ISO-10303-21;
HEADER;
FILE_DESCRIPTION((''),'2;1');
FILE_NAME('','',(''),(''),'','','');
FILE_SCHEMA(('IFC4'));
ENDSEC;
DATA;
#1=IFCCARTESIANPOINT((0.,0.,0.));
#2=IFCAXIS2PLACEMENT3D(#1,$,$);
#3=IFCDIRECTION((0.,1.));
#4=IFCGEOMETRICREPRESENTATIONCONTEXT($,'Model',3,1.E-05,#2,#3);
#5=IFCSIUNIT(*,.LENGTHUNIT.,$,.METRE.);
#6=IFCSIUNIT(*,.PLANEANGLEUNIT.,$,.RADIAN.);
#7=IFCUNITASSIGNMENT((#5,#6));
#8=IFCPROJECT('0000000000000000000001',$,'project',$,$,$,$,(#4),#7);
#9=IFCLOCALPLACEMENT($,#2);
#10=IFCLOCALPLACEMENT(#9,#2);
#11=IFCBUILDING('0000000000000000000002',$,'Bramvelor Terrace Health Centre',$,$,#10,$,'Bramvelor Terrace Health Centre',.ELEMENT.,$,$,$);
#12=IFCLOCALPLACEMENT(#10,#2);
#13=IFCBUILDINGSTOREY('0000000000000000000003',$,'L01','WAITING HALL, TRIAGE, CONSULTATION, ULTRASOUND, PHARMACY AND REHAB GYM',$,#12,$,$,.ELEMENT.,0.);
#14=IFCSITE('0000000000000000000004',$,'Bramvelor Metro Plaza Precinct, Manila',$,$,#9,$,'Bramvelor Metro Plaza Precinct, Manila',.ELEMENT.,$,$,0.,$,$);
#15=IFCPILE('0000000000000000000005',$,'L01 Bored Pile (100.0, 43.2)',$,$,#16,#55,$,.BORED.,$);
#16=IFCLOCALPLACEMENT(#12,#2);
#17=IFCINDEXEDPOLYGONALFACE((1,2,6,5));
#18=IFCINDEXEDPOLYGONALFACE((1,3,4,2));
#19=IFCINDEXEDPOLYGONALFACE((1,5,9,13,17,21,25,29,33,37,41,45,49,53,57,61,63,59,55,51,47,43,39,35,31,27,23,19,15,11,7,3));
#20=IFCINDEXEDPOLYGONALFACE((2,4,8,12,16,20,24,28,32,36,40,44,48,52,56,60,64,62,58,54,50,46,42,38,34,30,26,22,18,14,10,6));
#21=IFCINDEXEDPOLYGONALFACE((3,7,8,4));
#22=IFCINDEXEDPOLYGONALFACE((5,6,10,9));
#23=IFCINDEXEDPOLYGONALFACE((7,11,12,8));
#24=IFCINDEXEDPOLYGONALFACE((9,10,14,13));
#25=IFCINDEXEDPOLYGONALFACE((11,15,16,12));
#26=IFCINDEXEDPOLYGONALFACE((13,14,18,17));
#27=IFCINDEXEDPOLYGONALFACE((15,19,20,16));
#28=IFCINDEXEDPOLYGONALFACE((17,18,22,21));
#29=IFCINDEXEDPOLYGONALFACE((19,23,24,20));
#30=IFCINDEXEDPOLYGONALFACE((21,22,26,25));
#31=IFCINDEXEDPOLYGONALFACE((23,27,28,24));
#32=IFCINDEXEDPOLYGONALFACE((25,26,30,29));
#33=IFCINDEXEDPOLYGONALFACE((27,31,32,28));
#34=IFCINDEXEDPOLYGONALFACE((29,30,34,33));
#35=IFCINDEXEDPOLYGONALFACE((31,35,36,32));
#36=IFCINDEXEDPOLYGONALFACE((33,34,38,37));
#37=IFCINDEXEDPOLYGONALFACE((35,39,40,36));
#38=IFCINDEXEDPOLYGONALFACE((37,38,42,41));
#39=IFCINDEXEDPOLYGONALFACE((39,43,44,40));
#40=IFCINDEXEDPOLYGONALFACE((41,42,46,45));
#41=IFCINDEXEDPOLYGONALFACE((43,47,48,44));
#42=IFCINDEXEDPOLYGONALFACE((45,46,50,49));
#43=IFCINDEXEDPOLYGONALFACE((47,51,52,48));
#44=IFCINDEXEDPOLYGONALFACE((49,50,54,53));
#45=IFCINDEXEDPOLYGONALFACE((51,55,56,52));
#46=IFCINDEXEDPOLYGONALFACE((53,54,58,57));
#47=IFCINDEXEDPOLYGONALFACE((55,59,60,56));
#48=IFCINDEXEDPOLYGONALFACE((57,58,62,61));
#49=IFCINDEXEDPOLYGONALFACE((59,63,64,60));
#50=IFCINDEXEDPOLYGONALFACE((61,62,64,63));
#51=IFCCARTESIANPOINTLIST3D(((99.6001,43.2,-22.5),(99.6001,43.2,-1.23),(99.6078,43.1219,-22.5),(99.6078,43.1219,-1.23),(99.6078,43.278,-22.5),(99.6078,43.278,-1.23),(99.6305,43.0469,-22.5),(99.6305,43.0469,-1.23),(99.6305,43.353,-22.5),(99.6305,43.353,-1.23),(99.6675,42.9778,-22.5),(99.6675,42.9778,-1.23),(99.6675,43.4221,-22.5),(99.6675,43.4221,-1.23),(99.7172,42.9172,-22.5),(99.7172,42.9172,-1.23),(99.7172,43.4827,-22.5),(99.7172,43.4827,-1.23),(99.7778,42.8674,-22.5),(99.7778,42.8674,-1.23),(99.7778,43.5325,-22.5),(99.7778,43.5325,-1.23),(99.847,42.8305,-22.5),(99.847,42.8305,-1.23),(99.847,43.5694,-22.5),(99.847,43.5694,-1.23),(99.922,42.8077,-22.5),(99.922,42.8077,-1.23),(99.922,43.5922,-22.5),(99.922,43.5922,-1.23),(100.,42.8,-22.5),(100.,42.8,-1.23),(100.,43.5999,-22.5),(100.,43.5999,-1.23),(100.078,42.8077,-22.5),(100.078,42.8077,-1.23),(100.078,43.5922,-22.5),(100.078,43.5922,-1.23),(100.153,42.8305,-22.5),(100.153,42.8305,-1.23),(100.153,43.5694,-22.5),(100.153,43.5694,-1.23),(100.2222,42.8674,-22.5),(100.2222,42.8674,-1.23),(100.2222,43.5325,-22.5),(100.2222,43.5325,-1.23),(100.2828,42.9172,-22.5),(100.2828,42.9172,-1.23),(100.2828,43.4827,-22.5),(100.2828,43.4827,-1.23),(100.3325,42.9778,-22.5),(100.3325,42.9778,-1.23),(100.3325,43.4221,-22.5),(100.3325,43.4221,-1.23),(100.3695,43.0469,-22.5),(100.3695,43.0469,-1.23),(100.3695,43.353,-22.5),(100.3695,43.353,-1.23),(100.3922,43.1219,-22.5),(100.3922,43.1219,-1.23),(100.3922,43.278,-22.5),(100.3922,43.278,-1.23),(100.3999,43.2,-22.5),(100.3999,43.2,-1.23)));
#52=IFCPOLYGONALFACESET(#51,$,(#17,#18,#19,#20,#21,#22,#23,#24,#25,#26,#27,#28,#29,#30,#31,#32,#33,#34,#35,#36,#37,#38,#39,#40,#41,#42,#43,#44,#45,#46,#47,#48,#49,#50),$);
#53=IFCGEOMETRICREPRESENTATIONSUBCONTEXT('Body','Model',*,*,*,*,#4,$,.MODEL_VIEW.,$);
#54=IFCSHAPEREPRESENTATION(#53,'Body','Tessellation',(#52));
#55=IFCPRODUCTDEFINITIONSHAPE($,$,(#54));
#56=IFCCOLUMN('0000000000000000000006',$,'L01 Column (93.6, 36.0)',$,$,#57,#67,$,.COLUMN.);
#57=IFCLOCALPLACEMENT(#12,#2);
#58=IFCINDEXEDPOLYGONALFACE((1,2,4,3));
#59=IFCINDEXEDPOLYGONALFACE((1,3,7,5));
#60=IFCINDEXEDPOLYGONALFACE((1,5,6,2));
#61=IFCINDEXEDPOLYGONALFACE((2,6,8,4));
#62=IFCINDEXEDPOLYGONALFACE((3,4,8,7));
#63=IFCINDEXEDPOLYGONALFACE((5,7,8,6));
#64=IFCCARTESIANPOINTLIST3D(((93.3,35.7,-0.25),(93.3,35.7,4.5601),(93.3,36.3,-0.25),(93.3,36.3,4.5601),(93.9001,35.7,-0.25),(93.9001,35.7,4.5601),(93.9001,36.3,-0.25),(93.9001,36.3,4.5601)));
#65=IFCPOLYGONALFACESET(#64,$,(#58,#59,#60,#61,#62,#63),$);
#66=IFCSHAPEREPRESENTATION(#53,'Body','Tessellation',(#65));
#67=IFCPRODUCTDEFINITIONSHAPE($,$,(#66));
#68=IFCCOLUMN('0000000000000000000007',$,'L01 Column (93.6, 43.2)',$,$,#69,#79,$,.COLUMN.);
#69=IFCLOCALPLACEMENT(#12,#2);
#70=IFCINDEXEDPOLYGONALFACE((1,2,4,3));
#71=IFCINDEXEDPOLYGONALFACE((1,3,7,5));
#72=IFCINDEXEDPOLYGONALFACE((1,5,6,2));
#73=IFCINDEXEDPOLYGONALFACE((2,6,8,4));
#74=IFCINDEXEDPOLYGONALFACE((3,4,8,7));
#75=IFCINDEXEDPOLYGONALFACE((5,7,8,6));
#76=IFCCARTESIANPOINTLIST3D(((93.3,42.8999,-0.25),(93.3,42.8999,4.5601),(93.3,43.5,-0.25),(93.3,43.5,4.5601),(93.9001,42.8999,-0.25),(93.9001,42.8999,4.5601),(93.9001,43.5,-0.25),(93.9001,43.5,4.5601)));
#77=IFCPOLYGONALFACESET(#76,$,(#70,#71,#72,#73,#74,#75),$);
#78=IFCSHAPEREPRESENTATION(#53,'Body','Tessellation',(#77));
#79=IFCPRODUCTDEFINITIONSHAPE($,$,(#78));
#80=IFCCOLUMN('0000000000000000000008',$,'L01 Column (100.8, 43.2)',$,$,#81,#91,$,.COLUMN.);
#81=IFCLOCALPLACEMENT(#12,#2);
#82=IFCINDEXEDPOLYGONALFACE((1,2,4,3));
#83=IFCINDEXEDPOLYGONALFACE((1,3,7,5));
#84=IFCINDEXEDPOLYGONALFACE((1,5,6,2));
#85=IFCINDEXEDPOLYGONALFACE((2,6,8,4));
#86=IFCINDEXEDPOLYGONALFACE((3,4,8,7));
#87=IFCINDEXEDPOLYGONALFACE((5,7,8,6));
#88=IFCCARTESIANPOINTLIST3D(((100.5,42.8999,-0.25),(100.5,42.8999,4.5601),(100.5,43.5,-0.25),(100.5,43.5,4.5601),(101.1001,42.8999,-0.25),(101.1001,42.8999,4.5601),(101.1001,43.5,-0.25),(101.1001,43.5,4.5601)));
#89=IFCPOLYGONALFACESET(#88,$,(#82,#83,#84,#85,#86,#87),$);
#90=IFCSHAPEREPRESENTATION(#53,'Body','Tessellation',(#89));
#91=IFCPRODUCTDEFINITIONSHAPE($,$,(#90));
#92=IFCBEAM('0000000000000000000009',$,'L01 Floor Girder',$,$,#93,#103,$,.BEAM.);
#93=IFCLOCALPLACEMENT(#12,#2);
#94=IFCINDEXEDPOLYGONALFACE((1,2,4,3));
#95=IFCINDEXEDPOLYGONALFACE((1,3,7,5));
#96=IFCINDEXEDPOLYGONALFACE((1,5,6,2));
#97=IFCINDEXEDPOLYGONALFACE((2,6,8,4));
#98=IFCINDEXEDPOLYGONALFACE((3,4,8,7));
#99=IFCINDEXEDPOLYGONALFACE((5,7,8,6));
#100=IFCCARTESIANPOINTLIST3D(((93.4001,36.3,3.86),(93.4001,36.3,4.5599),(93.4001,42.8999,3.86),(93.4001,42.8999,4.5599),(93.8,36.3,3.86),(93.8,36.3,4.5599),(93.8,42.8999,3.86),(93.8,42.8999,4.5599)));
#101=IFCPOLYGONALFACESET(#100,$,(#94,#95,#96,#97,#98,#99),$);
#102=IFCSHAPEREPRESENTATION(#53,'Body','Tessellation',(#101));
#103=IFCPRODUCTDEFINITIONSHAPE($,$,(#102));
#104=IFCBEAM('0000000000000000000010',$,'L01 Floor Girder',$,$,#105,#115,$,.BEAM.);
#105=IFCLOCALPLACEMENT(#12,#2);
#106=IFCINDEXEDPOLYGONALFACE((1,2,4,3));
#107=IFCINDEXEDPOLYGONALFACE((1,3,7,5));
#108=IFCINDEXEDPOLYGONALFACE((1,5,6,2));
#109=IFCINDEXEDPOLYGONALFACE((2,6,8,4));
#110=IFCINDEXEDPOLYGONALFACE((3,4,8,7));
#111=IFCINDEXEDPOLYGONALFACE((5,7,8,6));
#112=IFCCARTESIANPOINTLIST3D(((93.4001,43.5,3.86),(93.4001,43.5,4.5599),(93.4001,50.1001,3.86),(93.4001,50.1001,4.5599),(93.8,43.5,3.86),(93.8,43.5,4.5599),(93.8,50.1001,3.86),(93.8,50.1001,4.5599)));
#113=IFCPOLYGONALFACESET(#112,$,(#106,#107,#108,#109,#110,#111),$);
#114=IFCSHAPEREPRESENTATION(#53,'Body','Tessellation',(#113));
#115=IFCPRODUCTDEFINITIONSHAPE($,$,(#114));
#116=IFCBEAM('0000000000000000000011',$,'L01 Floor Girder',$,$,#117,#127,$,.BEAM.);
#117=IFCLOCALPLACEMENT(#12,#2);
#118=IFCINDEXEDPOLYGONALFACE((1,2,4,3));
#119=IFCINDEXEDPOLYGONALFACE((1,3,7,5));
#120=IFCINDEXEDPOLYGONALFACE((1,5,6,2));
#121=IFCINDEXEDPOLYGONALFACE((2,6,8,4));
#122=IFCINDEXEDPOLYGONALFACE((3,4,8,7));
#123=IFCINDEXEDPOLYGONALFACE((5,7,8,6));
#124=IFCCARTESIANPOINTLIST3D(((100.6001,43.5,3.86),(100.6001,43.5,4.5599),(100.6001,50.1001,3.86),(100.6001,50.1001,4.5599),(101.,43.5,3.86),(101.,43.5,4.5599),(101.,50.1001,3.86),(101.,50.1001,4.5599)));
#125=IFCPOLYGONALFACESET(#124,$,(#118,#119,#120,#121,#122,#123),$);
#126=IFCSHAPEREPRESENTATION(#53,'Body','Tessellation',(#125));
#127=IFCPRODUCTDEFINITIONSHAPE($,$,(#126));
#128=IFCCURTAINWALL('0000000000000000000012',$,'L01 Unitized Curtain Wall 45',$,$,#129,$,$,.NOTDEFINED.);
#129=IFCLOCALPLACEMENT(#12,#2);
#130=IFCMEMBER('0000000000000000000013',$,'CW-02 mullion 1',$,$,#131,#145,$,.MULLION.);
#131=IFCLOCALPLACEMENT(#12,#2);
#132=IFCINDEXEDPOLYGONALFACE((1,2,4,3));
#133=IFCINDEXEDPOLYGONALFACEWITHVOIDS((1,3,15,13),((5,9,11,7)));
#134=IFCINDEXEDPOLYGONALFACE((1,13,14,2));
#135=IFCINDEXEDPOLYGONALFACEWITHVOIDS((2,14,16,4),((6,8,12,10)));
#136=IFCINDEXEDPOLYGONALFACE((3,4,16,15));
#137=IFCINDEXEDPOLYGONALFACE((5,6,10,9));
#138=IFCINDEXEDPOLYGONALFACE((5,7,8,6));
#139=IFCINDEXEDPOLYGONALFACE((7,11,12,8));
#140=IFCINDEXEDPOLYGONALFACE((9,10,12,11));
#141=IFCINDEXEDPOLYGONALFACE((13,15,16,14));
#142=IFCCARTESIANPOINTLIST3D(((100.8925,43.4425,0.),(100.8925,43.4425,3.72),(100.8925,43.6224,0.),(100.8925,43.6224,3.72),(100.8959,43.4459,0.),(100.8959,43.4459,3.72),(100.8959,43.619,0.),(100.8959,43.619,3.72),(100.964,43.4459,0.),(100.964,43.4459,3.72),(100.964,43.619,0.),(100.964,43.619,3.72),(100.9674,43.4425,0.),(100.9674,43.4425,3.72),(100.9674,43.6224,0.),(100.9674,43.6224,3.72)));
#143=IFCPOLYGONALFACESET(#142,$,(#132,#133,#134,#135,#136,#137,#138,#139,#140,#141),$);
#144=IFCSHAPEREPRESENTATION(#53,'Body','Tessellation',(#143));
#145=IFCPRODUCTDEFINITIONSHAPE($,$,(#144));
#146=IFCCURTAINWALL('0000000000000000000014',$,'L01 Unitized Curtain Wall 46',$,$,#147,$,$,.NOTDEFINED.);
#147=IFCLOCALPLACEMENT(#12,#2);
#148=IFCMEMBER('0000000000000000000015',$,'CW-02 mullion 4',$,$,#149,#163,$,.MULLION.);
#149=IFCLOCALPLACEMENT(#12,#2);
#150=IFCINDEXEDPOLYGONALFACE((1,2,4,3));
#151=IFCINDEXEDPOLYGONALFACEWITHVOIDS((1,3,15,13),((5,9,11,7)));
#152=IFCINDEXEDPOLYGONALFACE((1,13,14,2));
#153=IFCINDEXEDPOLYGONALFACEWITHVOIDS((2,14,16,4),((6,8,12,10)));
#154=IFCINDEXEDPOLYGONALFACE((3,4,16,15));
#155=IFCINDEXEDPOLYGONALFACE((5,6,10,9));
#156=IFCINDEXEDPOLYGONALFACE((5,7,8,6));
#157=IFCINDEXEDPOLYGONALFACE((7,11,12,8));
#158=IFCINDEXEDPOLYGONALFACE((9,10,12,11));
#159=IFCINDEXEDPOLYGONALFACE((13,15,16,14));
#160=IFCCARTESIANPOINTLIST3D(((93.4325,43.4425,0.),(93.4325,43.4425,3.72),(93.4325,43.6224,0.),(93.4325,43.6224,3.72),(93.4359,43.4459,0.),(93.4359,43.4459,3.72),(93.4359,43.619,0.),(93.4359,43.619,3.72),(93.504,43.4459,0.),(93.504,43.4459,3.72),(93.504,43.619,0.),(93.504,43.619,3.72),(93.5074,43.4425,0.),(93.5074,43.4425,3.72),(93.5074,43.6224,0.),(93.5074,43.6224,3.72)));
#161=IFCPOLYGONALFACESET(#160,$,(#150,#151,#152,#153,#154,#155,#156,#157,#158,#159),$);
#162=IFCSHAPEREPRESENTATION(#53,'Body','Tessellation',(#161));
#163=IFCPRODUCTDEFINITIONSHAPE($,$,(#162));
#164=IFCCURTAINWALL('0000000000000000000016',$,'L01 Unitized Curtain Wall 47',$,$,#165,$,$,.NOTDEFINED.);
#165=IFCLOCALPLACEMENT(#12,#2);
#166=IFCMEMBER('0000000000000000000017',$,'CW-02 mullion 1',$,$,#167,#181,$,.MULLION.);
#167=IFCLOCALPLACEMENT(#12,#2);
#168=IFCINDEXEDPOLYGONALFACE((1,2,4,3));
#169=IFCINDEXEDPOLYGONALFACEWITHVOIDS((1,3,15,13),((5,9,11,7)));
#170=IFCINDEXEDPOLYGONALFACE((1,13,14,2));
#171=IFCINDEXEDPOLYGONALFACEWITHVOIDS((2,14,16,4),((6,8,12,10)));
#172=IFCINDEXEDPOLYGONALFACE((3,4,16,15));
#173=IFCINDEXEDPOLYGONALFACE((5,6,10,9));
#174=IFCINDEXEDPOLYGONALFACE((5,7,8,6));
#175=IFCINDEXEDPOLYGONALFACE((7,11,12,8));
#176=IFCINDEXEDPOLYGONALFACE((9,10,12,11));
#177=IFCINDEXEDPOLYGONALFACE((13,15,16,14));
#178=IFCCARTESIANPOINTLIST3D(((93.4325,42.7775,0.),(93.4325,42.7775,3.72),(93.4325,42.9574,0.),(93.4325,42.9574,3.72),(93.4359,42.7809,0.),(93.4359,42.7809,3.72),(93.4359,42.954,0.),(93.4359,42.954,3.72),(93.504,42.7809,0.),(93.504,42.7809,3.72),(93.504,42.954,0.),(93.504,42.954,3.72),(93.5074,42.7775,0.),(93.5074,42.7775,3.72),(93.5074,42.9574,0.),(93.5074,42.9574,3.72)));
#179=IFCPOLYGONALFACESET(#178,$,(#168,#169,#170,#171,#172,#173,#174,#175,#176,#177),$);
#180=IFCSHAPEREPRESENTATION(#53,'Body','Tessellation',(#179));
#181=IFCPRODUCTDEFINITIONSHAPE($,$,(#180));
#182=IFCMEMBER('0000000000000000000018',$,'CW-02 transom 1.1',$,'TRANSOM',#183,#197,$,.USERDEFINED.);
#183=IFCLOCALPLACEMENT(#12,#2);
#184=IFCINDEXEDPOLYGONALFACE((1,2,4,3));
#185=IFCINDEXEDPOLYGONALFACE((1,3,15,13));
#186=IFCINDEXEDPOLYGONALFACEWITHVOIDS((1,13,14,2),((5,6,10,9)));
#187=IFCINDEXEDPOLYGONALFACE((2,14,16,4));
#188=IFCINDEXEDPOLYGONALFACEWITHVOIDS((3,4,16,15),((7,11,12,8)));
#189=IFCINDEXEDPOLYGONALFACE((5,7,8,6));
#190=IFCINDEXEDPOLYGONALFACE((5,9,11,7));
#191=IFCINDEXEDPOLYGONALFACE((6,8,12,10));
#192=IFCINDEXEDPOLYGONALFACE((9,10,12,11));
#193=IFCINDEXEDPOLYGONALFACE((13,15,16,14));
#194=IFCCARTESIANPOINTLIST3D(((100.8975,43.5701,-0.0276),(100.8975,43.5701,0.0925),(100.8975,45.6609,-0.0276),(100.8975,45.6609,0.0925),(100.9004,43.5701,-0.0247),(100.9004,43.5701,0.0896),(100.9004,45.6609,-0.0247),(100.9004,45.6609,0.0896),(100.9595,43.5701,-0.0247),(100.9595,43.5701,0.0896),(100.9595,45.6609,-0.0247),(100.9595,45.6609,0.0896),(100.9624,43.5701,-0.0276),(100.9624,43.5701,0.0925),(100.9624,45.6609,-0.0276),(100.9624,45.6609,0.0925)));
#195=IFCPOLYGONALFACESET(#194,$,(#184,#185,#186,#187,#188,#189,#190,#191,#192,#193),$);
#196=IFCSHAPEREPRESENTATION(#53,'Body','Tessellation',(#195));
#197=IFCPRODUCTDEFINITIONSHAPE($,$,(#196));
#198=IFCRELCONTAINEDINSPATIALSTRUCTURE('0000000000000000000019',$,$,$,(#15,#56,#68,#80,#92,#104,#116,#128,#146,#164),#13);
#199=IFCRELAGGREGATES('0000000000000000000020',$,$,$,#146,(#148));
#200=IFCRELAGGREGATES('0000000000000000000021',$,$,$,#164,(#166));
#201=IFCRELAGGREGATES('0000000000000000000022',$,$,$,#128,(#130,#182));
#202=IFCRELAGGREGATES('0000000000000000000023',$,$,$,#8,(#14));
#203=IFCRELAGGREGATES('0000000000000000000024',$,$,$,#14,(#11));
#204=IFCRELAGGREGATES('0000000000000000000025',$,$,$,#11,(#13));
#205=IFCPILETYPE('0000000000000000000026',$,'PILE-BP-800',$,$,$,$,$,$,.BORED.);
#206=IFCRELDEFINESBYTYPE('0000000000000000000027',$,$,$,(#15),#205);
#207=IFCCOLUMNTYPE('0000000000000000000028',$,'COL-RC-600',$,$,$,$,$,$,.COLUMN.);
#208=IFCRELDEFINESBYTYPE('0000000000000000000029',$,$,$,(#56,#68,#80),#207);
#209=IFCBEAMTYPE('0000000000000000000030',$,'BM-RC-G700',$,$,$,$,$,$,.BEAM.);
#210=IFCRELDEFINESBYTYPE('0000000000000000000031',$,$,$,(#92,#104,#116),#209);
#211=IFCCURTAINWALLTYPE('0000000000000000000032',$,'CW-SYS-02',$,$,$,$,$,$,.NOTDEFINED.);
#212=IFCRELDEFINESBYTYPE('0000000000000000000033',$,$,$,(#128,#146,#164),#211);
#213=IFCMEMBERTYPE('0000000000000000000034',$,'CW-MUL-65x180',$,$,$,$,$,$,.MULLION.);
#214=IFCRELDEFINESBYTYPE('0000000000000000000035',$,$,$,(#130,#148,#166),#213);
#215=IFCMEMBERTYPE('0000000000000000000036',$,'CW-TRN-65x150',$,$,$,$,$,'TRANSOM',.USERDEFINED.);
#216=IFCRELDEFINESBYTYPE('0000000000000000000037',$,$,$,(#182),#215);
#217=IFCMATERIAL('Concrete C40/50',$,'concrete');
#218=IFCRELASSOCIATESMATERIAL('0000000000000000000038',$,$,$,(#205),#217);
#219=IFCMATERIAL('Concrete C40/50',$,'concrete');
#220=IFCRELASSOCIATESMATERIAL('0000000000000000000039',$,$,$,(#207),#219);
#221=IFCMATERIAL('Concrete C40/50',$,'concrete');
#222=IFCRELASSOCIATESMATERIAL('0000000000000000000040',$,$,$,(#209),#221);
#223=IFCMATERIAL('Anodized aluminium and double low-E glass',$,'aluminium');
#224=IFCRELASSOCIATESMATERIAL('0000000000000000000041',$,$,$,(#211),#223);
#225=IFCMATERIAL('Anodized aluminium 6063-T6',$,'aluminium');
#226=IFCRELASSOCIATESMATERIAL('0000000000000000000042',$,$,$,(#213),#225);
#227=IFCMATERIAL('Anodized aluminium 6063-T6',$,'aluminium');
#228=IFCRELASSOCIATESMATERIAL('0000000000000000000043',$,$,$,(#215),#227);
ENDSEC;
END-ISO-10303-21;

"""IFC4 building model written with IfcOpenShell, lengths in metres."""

from ifc_helpers import new_model, si_unit, direction, frame, origin, origin_2d, place, context, subcontext, project, spatial, rectangle, hollow_rectangle, circle, extrude, material, material_profile, profile_set, type_object, element, aggregate, save


model = new_model("IFC4")

# Units and contexts
model_context = context("Model", 3, precision=1e-05, world=origin(), true_north=direction((0.0, 1.0)))
body_context = subcontext(model_context, "Body", "Model", "MODEL_VIEW")
ifc_project = project(units=[si_unit("LENGTHUNIT", "METRE"), si_unit("PLANEANGLEUNIT", "RADIAN")], contexts=[model_context])

# Site, building, storey
site_placement = place(None, origin())
site = spatial("IfcSite", under=ifc_project, at=site_placement, Name="Bramvelor Metro Plaza Precinct, Manila", LongName="Bramvelor Metro Plaza Precinct, Manila", CompositionType="ELEMENT", RefElevation=0.0)
building_placement = place(site_placement, origin())
building = spatial("IfcBuilding", under=site, at=building_placement, Name="Bramvelor Terrace Health Centre", LongName="Bramvelor Terrace Health Centre", CompositionType="ELEMENT")
storey_placement = place(building_placement, origin())
storey = spatial("IfcBuildingStorey", under=building, at=storey_placement, Name="L01", Description="WAITING HALL, TRIAGE, CONSULTATION, ULTRASOUND, PHARMACY AND REHAB GYM", CompositionType="ELEMENT", Elevation=0.0)

# Pile
ifc_material_1 = material(Name="Concrete C40/50", Category="concrete")
ifc_material_profile_1 = material_profile(ifc_material_1, circle(Radius=0.3999, at=origin_2d()), Name="BP D800")
ifc_profile_set_1 = profile_set([ifc_material_profile_1], Name="Concrete C40/50")
pile_type = type_object("IfcPileType", Name="PILE-BP-800", PredefinedType="BORED", material=ifc_profile_set_1)
for number, where, z_axis, x_axis, name in (
    (1, (100.0, 43.2, -1.23), (0.0, 0.0, -1.0), (1.0, 0.0, 0.0), "L01 Bored Pile (100.0, 43.2)"),
):
    element("IfcPile", number, at=place(storey_placement, frame(where, z_axis=z_axis, x_axis=x_axis)), inside=storey, type_object=pile_type, Name=name, PredefinedType="BORED", context=body_context, shape_type="SweptSolid", body=[
        extrude(circle(Radius=0.3999, at=origin_2d()), origin(), (0.0, 0.0, 1.0), 21.27),
    ])

# Columns
ifc_material_2 = material(Name="Concrete C40/50", Category="concrete")
ifc_material_profile_2 = material_profile(ifc_material_2, rectangle(XDim=0.6001, YDim=0.6001, at=origin_2d()), Name="RC 600x600")
ifc_profile_set_2 = profile_set([ifc_material_profile_2], Name="Concrete C40/50")
column_type = type_object("IfcColumnType", Name="COL-RC-600", PredefinedType="COLUMN", material=ifc_profile_set_2)
for number, where, z_axis, x_axis, name in (
    (2, (93.6001, 36.0, -0.25), (0.0, 0.0, 1.0), (1.0, 0.0, 0.0), "L01 Column (93.6, 36.0)"),
    (3, (93.6001, 43.2, -0.25), (0.0, 0.0, 1.0), (1.0, 0.0, 0.0), "L01 Column (93.6, 43.2)"),
    (4, (100.8, 43.2, -0.25), (0.0, 0.0, 1.0), (1.0, 0.0, 0.0), "L01 Column (100.8, 43.2)"),
):
    element("IfcColumn", number, at=place(storey_placement, frame(where, z_axis=z_axis, x_axis=x_axis)), inside=storey, type_object=column_type, Name=name, PredefinedType="COLUMN", context=body_context, shape_type="SweptSolid", body=[
        extrude(rectangle(XDim=0.6001, YDim=0.6001, at=origin_2d()), origin(), (0.0, 0.0, 1.0), 4.8101),
    ])

# Beams
ifc_material_3 = material(Name="Concrete C40/50", Category="concrete")
ifc_material_profile_3 = material_profile(ifc_material_3, rectangle(XDim=0.3999, YDim=0.7, at=origin_2d()), Name="RC 400x700")
ifc_profile_set_3 = profile_set([ifc_material_profile_3], Name="Concrete C40/50")
beam_type = type_object("IfcBeamType", Name="BM-RC-G700", PredefinedType="BEAM", material=ifc_profile_set_3)
beam_placement = place(storey_placement, frame((93.6001, 36.3, 4.21), z_axis=(0.0, 1.0, 0.0), x_axis=(-1.0, 0.0, 0.0)))
element("IfcBeam", 5, at=beam_placement, inside=storey, type_object=beam_type, Name="L01 Floor Girder", PredefinedType="BEAM", context=body_context, shape_type="SweptSolid", body=[
    extrude(rectangle(XDim=0.3999, YDim=0.7, at=origin_2d()), origin(), (0.0, 0.0, 1.0), 6.5999),
])
for number, where, z_axis, x_axis, name in (
    (6, (93.6001, 43.5, 4.21), (0.0, 1.0, 0.0), (-1.0, 0.0, 0.0), "L01 Floor Girder"),
    (7, (100.8, 43.5, 4.21), (0.0, 1.0, 0.0), (-1.0, 0.0, 0.0), "L01 Floor Girder"),
):
    element("IfcBeam", number, at=place(storey_placement, frame(where, z_axis=z_axis, x_axis=x_axis)), inside=storey, type_object=beam_type, Name=name, PredefinedType="BEAM", context=body_context, shape_type="SweptSolid", body=[
        extrude(rectangle(XDim=0.3999, YDim=0.7, at=origin_2d()), origin(), (0.0, 0.0, 1.0), 6.6001),
    ])

# Curtain walls, members
ifc_material_4 = material(Name="Anodized aluminium and double low-E glass", Category="aluminium")
curtain_wall_type = type_object("IfcCurtainWallType", Name="CW-SYS-02", PredefinedType="NOTDEFINED", material=ifc_material_4)
curtain_wall_1_placement = place(storey_placement, origin())
curtain_wall_1 = element("IfcCurtainWall", 8, at=curtain_wall_1_placement, inside=storey, type_object=curtain_wall_type, Name="L01 Unitized Curtain Wall 45", PredefinedType="NOTDEFINED")
ifc_material_5 = material(Name="Anodized aluminium 6063-T6", Category="aluminium")
ifc_material_profile_4 = material_profile(ifc_material_5, hollow_rectangle(XDim=0.075, YDim=0.1799, WallThickness=0.0034, at=origin_2d()), Name="ALU-MUL 75x180x3.5")
ifc_profile_set_4 = profile_set([ifc_material_profile_4], Name="Anodized aluminium 6063-T6")
member_type_1 = type_object("IfcMemberType", Name="CW-MUL-65x180", PredefinedType="MULLION", material=ifc_profile_set_4)
member_1_placement = place(storey_placement, frame((100.9299, 43.5325, 0.0), z_axis=(0.0, 0.0, 1.0), x_axis=(-1.0, 0.0, 0.0)))
member_1 = element("IfcMember", 9, at=member_1_placement, type_object=member_type_1, Name="CW-02 mullion 1", PredefinedType="MULLION", context=body_context, shape_type="SweptSolid", body=[
    extrude(hollow_rectangle(XDim=0.075, YDim=0.1799, WallThickness=0.0034, at=origin_2d()), origin(), (0.0, 0.0, 1.0), 3.72),
])
curtain_wall_2_placement = place(storey_placement, origin())
curtain_wall_2 = element("IfcCurtainWall", 10, at=curtain_wall_2_placement, inside=storey, type_object=curtain_wall_type, Name="L01 Unitized Curtain Wall 46", PredefinedType="NOTDEFINED")
member_2_placement = place(storey_placement, frame((93.47, 43.5325, 0.0), z_axis=(0.0, 0.0, 1.0), x_axis=(1.0, 0.0, 0.0)))
member_2 = element("IfcMember", 11, at=member_2_placement, type_object=member_type_1, Name="CW-02 mullion 4", PredefinedType="MULLION", context=body_context, shape_type="SweptSolid", body=[
    extrude(hollow_rectangle(XDim=0.075, YDim=0.1799, WallThickness=0.0034, at=origin_2d()), origin(), (0.0, 0.0, 1.0), 3.72),
])
aggregate(curtain_wall_2, [member_2])
curtain_wall_3_placement = place(storey_placement, origin())
curtain_wall_3 = element("IfcCurtainWall", 12, at=curtain_wall_3_placement, inside=storey, type_object=curtain_wall_type, Name="L01 Unitized Curtain Wall 47", PredefinedType="NOTDEFINED")
member_3_placement = place(storey_placement, frame((93.47, 42.8674, 0.0), z_axis=(0.0, 0.0, 1.0), x_axis=(1.0, 0.0, 0.0)))
member_3 = element("IfcMember", 13, at=member_3_placement, type_object=member_type_1, Name="CW-02 mullion 1", PredefinedType="MULLION", context=body_context, shape_type="SweptSolid", body=[
    extrude(hollow_rectangle(XDim=0.075, YDim=0.1799, WallThickness=0.0034, at=origin_2d()), origin(), (0.0, 0.0, 1.0), 3.72),
])
aggregate(curtain_wall_3, [member_3])

# Member
ifc_material_6 = material(Name="Anodized aluminium 6063-T6", Category="aluminium")
ifc_material_profile_5 = material_profile(ifc_material_6, hollow_rectangle(XDim=0.0649, YDim=0.1201, WallThickness=0.0029, at=origin_2d()), Name="ALU-TRN 65x120x3.0")
ifc_profile_set_5 = profile_set([ifc_material_profile_5], Name="Anodized aluminium 6063-T6")
member_type_2 = type_object("IfcMemberType", Name="CW-TRN-65x150", ElementType="TRANSOM", PredefinedType="USERDEFINED", material=ifc_profile_set_5)
member_4_placement = place(storey_placement, frame((100.9299, 43.5701, 0.0325), z_axis=(0.0, 1.0, 0.0), x_axis=(-1.0, 0.0, 0.0)))
member_4 = element("IfcMember", 14, at=member_4_placement, type_object=member_type_2, Name="CW-02 transom 1.1", ObjectType="TRANSOM", PredefinedType="USERDEFINED", context=body_context, shape_type="SweptSolid", body=[
    extrude(hollow_rectangle(XDim=0.0649, YDim=0.1201, WallThickness=0.0029, at=origin_2d()), origin(), (0.0, 0.0, 1.0), 2.0908),
])
aggregate(curtain_wall_1, [member_1, member_4])

save(model, "model.ifc")
